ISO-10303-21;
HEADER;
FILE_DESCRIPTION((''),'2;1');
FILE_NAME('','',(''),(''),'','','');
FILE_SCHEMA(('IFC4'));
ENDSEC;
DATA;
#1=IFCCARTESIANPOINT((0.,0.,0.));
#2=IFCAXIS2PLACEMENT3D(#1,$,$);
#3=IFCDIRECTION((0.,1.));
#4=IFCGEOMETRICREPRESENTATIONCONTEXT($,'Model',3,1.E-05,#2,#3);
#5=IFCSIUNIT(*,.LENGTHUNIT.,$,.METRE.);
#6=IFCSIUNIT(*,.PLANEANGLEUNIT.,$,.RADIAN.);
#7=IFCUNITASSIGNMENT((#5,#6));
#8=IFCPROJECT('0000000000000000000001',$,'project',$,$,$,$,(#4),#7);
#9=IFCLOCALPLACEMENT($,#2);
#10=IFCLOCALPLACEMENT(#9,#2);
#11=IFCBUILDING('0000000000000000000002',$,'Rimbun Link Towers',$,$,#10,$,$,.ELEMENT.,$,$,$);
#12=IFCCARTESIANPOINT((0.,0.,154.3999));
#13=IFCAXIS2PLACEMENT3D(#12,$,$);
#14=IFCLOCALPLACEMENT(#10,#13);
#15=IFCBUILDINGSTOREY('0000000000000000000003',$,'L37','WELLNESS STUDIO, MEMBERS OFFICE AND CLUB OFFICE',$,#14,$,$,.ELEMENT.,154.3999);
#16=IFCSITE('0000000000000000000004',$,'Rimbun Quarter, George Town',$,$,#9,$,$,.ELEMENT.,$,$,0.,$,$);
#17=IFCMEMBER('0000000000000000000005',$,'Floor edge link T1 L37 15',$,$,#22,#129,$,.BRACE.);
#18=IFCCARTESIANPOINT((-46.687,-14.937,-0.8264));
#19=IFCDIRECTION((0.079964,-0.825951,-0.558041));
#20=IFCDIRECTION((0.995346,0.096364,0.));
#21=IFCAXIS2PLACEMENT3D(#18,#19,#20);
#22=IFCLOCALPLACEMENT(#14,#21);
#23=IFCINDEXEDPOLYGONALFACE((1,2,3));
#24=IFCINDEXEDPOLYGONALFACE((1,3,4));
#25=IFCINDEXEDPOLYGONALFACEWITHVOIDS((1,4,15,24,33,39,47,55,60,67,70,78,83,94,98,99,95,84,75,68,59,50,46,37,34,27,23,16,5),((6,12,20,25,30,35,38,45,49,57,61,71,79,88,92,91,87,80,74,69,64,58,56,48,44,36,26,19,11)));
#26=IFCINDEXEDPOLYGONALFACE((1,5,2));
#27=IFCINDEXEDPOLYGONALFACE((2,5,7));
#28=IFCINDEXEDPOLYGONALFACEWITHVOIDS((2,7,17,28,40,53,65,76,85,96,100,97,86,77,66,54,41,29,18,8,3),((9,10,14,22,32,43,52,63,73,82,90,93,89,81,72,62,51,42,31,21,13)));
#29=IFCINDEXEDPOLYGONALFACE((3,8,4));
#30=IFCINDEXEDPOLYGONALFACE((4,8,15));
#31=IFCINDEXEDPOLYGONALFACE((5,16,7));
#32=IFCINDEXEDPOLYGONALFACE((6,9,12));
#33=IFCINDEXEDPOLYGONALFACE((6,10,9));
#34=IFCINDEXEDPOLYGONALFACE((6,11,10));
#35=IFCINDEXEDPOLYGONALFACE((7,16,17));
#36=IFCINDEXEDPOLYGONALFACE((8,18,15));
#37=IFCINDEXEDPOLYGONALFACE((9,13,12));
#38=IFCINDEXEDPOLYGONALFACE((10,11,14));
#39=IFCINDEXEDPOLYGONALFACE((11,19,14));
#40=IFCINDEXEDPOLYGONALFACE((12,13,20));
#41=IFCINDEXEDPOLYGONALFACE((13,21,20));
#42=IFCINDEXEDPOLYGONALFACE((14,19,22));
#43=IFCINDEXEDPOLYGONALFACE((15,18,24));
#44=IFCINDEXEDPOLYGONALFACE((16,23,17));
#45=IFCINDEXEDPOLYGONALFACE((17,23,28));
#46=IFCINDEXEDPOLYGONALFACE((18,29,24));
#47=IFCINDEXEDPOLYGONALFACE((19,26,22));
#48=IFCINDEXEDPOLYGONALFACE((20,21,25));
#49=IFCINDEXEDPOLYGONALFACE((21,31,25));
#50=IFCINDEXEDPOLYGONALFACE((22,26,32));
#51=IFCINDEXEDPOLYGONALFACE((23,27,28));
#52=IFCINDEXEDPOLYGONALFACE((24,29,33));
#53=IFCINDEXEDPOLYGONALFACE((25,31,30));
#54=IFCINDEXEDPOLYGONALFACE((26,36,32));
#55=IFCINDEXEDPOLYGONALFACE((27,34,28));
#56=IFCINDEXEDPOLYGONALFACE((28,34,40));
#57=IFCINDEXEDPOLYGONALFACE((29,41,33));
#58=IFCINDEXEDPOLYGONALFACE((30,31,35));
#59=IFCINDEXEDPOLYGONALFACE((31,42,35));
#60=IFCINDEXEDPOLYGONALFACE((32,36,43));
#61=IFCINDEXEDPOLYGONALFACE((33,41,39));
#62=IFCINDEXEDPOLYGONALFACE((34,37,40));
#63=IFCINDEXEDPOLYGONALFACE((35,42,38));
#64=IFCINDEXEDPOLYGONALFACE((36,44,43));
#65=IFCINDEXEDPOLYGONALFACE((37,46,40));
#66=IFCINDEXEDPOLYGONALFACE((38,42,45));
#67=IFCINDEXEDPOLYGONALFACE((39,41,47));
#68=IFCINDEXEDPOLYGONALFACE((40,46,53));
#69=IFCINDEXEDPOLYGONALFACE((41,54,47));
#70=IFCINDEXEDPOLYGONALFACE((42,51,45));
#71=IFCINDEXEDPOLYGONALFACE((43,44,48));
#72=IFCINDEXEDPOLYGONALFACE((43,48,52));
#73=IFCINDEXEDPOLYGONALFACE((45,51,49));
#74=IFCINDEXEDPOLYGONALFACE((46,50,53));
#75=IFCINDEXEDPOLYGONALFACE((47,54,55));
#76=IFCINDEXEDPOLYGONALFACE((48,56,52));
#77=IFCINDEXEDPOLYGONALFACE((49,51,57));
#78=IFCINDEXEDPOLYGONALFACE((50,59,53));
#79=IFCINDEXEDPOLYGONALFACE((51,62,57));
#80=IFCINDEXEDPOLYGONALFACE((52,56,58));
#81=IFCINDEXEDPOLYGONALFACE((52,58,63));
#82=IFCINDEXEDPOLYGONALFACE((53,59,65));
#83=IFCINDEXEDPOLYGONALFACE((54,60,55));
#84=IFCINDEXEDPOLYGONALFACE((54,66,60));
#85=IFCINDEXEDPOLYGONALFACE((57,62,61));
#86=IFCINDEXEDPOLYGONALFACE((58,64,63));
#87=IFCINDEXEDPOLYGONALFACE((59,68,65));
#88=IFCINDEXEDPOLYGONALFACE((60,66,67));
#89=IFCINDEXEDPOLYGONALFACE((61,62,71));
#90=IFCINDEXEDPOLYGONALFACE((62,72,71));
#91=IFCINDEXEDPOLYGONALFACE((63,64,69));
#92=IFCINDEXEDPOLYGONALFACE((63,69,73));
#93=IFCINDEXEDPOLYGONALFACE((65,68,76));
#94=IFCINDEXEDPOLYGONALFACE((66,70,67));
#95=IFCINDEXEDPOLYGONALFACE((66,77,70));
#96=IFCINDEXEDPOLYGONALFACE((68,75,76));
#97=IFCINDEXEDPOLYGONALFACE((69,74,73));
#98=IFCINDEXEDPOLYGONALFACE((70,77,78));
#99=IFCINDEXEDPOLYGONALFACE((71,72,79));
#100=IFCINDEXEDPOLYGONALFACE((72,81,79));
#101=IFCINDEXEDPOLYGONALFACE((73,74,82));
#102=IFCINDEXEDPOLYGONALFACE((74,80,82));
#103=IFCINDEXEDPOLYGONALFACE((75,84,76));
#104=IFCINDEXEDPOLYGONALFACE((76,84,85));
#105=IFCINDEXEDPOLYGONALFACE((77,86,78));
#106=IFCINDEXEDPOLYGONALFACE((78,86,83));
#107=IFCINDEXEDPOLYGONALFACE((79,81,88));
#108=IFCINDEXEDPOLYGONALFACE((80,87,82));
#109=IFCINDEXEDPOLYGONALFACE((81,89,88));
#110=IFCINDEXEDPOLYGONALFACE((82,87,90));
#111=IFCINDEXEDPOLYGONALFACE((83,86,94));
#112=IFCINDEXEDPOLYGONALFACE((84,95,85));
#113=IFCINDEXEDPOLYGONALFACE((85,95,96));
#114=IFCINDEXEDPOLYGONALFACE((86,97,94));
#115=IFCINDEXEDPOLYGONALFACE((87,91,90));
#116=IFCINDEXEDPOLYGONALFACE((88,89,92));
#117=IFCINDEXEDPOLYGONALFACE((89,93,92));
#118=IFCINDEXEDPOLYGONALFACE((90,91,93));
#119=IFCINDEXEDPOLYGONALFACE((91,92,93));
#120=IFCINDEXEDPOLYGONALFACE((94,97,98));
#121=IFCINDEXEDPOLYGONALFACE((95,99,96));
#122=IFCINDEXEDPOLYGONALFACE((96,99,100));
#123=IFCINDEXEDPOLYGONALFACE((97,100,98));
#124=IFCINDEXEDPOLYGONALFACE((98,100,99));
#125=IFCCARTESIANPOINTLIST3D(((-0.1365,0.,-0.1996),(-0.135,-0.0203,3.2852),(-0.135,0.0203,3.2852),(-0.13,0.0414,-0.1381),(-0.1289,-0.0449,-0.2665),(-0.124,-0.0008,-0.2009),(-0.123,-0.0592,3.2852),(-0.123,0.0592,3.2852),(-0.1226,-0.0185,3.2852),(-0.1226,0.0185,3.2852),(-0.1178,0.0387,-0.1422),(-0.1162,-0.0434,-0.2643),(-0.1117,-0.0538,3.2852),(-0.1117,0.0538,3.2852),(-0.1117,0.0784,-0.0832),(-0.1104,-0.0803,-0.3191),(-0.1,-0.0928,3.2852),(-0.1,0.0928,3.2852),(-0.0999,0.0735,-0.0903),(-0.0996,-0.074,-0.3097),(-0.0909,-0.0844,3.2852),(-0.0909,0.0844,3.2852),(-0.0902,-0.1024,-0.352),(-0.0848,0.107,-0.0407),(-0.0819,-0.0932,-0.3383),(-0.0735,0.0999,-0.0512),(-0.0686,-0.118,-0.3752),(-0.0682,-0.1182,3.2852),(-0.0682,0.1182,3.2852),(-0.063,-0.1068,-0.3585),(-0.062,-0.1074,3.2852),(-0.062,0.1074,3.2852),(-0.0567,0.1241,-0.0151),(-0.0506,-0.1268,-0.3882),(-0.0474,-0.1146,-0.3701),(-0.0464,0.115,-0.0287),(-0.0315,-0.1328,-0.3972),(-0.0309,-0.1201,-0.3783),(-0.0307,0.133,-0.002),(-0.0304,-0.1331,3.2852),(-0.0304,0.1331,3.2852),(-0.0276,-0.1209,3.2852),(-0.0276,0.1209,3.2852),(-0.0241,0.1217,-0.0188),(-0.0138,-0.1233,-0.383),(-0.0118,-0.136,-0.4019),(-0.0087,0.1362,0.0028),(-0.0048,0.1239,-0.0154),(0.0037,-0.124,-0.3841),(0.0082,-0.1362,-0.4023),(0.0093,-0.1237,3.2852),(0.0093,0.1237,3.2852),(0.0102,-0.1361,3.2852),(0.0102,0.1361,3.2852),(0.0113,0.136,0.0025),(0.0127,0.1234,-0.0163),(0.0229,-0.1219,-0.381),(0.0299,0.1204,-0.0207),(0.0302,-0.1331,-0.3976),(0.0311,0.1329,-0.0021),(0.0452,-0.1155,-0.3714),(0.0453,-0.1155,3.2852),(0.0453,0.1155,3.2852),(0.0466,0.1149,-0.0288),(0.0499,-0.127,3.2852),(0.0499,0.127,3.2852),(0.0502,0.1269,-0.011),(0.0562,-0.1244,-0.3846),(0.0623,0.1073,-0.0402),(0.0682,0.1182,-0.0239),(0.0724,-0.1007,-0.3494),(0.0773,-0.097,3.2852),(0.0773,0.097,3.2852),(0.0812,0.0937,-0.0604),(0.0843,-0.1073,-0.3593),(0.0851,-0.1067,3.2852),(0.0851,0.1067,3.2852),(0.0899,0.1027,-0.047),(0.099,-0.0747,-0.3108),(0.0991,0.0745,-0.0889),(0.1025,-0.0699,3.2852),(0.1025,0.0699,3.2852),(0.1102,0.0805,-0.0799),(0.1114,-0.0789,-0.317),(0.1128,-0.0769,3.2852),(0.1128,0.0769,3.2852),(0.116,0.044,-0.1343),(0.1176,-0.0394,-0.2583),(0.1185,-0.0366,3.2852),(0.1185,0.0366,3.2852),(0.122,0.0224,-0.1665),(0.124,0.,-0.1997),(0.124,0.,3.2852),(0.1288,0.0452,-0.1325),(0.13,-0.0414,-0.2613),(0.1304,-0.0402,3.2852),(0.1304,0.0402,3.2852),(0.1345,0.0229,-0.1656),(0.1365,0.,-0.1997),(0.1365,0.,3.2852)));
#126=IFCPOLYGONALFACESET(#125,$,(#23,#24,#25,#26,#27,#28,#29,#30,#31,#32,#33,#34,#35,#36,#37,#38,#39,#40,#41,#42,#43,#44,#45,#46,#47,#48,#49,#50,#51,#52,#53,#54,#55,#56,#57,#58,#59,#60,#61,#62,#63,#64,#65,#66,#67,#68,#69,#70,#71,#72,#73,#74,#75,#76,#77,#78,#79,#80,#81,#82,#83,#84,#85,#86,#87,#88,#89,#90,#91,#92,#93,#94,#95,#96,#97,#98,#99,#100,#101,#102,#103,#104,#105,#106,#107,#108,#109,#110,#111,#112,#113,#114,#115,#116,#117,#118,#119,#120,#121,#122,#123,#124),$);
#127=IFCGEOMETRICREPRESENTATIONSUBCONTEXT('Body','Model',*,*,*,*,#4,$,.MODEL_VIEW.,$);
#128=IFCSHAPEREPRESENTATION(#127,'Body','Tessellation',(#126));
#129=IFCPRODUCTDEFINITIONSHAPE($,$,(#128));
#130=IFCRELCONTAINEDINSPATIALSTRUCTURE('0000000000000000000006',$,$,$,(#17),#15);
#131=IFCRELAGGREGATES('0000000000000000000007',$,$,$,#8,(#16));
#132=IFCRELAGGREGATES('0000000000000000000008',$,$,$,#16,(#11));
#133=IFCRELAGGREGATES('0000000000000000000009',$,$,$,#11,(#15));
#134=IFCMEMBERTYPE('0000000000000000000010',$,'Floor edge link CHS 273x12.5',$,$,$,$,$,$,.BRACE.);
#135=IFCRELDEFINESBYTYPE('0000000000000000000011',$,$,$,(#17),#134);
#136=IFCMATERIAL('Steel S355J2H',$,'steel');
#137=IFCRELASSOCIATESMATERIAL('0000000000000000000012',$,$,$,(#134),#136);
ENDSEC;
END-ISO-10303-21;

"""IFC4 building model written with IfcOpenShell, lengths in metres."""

from ifc_helpers import new_model, si_unit, direction, frame, origin, origin_2d, place, context, subcontext, project, spatial, hollow_circle, extrude, clip, halfspace, material, material_profile, profile_set, type_object, element, save


model = new_model("IFC4")

# Units and contexts
model_context = context("Model", 3, precision=1e-05, world=origin(), true_north=direction((0.0, 1.0)))
body_context = subcontext(model_context, "Body", "Model", "MODEL_VIEW")
ifc_project = project(units=[si_unit("LENGTHUNIT", "METRE"), si_unit("PLANEANGLEUNIT", "RADIAN")], contexts=[model_context])

# Site, building, storey
site_placement = place(None, origin())
site = spatial("IfcSite", under=ifc_project, at=site_placement, Name="Rimbun Quarter, George Town", CompositionType="ELEMENT", RefElevation=0.0)
building_placement = place(site_placement, origin())
building = spatial("IfcBuilding", under=site, at=building_placement, Name="Rimbun Link Towers", CompositionType="ELEMENT")
storey_placement = place(building_placement, frame((0.0, 0.0, 154.3999)))
storey = spatial("IfcBuildingStorey", under=building, at=storey_placement, Name="L37", Description="WELLNESS STUDIO, MEMBERS OFFICE AND CLUB OFFICE", CompositionType="ELEMENT", Elevation=154.3999)

# Member
ifc_material_1 = material(Name="Steel S355J2H", Category="steel")
ifc_material_profile_1 = material_profile(ifc_material_1, hollow_circle(Radius=0.1365, WallThickness=0.0125, at=origin_2d()), Name="CHS 273x12.5")
ifc_profile_set_1 = profile_set([ifc_material_profile_1], Name="Steel S355J2H")
member_type_1 = type_object("IfcMemberType", Name="Floor edge link CHS 273x12.5", PredefinedType="BRACE", material=ifc_profile_set_1)
member_1_placement = place(storey_placement, frame((-46.687, -14.937, -0.8264), z_axis=(0.079964, -0.825951, -0.558041), x_axis=(0.995346, 0.096364, 0.0)))
element("IfcMember", 1, at=member_1_placement, inside=storey, type_object=member_type_1, Name="Floor edge link T1 L37 15", PredefinedType="BRACE", context=body_context, shape_type="Clipping", body=[
    clip(extrude(hollow_circle(Radius=0.1365, WallThickness=0.0125, at=origin_2d()), frame((0.0, 0.0, -0.4238)), (0.0, 0.0, 1.0), 3.709), halfspace(frame((0.0, 0.0, -0.1997), z_axis=(0.0, 0.829813, -0.558041)), False)),
])

save(model, "model.ifc")
